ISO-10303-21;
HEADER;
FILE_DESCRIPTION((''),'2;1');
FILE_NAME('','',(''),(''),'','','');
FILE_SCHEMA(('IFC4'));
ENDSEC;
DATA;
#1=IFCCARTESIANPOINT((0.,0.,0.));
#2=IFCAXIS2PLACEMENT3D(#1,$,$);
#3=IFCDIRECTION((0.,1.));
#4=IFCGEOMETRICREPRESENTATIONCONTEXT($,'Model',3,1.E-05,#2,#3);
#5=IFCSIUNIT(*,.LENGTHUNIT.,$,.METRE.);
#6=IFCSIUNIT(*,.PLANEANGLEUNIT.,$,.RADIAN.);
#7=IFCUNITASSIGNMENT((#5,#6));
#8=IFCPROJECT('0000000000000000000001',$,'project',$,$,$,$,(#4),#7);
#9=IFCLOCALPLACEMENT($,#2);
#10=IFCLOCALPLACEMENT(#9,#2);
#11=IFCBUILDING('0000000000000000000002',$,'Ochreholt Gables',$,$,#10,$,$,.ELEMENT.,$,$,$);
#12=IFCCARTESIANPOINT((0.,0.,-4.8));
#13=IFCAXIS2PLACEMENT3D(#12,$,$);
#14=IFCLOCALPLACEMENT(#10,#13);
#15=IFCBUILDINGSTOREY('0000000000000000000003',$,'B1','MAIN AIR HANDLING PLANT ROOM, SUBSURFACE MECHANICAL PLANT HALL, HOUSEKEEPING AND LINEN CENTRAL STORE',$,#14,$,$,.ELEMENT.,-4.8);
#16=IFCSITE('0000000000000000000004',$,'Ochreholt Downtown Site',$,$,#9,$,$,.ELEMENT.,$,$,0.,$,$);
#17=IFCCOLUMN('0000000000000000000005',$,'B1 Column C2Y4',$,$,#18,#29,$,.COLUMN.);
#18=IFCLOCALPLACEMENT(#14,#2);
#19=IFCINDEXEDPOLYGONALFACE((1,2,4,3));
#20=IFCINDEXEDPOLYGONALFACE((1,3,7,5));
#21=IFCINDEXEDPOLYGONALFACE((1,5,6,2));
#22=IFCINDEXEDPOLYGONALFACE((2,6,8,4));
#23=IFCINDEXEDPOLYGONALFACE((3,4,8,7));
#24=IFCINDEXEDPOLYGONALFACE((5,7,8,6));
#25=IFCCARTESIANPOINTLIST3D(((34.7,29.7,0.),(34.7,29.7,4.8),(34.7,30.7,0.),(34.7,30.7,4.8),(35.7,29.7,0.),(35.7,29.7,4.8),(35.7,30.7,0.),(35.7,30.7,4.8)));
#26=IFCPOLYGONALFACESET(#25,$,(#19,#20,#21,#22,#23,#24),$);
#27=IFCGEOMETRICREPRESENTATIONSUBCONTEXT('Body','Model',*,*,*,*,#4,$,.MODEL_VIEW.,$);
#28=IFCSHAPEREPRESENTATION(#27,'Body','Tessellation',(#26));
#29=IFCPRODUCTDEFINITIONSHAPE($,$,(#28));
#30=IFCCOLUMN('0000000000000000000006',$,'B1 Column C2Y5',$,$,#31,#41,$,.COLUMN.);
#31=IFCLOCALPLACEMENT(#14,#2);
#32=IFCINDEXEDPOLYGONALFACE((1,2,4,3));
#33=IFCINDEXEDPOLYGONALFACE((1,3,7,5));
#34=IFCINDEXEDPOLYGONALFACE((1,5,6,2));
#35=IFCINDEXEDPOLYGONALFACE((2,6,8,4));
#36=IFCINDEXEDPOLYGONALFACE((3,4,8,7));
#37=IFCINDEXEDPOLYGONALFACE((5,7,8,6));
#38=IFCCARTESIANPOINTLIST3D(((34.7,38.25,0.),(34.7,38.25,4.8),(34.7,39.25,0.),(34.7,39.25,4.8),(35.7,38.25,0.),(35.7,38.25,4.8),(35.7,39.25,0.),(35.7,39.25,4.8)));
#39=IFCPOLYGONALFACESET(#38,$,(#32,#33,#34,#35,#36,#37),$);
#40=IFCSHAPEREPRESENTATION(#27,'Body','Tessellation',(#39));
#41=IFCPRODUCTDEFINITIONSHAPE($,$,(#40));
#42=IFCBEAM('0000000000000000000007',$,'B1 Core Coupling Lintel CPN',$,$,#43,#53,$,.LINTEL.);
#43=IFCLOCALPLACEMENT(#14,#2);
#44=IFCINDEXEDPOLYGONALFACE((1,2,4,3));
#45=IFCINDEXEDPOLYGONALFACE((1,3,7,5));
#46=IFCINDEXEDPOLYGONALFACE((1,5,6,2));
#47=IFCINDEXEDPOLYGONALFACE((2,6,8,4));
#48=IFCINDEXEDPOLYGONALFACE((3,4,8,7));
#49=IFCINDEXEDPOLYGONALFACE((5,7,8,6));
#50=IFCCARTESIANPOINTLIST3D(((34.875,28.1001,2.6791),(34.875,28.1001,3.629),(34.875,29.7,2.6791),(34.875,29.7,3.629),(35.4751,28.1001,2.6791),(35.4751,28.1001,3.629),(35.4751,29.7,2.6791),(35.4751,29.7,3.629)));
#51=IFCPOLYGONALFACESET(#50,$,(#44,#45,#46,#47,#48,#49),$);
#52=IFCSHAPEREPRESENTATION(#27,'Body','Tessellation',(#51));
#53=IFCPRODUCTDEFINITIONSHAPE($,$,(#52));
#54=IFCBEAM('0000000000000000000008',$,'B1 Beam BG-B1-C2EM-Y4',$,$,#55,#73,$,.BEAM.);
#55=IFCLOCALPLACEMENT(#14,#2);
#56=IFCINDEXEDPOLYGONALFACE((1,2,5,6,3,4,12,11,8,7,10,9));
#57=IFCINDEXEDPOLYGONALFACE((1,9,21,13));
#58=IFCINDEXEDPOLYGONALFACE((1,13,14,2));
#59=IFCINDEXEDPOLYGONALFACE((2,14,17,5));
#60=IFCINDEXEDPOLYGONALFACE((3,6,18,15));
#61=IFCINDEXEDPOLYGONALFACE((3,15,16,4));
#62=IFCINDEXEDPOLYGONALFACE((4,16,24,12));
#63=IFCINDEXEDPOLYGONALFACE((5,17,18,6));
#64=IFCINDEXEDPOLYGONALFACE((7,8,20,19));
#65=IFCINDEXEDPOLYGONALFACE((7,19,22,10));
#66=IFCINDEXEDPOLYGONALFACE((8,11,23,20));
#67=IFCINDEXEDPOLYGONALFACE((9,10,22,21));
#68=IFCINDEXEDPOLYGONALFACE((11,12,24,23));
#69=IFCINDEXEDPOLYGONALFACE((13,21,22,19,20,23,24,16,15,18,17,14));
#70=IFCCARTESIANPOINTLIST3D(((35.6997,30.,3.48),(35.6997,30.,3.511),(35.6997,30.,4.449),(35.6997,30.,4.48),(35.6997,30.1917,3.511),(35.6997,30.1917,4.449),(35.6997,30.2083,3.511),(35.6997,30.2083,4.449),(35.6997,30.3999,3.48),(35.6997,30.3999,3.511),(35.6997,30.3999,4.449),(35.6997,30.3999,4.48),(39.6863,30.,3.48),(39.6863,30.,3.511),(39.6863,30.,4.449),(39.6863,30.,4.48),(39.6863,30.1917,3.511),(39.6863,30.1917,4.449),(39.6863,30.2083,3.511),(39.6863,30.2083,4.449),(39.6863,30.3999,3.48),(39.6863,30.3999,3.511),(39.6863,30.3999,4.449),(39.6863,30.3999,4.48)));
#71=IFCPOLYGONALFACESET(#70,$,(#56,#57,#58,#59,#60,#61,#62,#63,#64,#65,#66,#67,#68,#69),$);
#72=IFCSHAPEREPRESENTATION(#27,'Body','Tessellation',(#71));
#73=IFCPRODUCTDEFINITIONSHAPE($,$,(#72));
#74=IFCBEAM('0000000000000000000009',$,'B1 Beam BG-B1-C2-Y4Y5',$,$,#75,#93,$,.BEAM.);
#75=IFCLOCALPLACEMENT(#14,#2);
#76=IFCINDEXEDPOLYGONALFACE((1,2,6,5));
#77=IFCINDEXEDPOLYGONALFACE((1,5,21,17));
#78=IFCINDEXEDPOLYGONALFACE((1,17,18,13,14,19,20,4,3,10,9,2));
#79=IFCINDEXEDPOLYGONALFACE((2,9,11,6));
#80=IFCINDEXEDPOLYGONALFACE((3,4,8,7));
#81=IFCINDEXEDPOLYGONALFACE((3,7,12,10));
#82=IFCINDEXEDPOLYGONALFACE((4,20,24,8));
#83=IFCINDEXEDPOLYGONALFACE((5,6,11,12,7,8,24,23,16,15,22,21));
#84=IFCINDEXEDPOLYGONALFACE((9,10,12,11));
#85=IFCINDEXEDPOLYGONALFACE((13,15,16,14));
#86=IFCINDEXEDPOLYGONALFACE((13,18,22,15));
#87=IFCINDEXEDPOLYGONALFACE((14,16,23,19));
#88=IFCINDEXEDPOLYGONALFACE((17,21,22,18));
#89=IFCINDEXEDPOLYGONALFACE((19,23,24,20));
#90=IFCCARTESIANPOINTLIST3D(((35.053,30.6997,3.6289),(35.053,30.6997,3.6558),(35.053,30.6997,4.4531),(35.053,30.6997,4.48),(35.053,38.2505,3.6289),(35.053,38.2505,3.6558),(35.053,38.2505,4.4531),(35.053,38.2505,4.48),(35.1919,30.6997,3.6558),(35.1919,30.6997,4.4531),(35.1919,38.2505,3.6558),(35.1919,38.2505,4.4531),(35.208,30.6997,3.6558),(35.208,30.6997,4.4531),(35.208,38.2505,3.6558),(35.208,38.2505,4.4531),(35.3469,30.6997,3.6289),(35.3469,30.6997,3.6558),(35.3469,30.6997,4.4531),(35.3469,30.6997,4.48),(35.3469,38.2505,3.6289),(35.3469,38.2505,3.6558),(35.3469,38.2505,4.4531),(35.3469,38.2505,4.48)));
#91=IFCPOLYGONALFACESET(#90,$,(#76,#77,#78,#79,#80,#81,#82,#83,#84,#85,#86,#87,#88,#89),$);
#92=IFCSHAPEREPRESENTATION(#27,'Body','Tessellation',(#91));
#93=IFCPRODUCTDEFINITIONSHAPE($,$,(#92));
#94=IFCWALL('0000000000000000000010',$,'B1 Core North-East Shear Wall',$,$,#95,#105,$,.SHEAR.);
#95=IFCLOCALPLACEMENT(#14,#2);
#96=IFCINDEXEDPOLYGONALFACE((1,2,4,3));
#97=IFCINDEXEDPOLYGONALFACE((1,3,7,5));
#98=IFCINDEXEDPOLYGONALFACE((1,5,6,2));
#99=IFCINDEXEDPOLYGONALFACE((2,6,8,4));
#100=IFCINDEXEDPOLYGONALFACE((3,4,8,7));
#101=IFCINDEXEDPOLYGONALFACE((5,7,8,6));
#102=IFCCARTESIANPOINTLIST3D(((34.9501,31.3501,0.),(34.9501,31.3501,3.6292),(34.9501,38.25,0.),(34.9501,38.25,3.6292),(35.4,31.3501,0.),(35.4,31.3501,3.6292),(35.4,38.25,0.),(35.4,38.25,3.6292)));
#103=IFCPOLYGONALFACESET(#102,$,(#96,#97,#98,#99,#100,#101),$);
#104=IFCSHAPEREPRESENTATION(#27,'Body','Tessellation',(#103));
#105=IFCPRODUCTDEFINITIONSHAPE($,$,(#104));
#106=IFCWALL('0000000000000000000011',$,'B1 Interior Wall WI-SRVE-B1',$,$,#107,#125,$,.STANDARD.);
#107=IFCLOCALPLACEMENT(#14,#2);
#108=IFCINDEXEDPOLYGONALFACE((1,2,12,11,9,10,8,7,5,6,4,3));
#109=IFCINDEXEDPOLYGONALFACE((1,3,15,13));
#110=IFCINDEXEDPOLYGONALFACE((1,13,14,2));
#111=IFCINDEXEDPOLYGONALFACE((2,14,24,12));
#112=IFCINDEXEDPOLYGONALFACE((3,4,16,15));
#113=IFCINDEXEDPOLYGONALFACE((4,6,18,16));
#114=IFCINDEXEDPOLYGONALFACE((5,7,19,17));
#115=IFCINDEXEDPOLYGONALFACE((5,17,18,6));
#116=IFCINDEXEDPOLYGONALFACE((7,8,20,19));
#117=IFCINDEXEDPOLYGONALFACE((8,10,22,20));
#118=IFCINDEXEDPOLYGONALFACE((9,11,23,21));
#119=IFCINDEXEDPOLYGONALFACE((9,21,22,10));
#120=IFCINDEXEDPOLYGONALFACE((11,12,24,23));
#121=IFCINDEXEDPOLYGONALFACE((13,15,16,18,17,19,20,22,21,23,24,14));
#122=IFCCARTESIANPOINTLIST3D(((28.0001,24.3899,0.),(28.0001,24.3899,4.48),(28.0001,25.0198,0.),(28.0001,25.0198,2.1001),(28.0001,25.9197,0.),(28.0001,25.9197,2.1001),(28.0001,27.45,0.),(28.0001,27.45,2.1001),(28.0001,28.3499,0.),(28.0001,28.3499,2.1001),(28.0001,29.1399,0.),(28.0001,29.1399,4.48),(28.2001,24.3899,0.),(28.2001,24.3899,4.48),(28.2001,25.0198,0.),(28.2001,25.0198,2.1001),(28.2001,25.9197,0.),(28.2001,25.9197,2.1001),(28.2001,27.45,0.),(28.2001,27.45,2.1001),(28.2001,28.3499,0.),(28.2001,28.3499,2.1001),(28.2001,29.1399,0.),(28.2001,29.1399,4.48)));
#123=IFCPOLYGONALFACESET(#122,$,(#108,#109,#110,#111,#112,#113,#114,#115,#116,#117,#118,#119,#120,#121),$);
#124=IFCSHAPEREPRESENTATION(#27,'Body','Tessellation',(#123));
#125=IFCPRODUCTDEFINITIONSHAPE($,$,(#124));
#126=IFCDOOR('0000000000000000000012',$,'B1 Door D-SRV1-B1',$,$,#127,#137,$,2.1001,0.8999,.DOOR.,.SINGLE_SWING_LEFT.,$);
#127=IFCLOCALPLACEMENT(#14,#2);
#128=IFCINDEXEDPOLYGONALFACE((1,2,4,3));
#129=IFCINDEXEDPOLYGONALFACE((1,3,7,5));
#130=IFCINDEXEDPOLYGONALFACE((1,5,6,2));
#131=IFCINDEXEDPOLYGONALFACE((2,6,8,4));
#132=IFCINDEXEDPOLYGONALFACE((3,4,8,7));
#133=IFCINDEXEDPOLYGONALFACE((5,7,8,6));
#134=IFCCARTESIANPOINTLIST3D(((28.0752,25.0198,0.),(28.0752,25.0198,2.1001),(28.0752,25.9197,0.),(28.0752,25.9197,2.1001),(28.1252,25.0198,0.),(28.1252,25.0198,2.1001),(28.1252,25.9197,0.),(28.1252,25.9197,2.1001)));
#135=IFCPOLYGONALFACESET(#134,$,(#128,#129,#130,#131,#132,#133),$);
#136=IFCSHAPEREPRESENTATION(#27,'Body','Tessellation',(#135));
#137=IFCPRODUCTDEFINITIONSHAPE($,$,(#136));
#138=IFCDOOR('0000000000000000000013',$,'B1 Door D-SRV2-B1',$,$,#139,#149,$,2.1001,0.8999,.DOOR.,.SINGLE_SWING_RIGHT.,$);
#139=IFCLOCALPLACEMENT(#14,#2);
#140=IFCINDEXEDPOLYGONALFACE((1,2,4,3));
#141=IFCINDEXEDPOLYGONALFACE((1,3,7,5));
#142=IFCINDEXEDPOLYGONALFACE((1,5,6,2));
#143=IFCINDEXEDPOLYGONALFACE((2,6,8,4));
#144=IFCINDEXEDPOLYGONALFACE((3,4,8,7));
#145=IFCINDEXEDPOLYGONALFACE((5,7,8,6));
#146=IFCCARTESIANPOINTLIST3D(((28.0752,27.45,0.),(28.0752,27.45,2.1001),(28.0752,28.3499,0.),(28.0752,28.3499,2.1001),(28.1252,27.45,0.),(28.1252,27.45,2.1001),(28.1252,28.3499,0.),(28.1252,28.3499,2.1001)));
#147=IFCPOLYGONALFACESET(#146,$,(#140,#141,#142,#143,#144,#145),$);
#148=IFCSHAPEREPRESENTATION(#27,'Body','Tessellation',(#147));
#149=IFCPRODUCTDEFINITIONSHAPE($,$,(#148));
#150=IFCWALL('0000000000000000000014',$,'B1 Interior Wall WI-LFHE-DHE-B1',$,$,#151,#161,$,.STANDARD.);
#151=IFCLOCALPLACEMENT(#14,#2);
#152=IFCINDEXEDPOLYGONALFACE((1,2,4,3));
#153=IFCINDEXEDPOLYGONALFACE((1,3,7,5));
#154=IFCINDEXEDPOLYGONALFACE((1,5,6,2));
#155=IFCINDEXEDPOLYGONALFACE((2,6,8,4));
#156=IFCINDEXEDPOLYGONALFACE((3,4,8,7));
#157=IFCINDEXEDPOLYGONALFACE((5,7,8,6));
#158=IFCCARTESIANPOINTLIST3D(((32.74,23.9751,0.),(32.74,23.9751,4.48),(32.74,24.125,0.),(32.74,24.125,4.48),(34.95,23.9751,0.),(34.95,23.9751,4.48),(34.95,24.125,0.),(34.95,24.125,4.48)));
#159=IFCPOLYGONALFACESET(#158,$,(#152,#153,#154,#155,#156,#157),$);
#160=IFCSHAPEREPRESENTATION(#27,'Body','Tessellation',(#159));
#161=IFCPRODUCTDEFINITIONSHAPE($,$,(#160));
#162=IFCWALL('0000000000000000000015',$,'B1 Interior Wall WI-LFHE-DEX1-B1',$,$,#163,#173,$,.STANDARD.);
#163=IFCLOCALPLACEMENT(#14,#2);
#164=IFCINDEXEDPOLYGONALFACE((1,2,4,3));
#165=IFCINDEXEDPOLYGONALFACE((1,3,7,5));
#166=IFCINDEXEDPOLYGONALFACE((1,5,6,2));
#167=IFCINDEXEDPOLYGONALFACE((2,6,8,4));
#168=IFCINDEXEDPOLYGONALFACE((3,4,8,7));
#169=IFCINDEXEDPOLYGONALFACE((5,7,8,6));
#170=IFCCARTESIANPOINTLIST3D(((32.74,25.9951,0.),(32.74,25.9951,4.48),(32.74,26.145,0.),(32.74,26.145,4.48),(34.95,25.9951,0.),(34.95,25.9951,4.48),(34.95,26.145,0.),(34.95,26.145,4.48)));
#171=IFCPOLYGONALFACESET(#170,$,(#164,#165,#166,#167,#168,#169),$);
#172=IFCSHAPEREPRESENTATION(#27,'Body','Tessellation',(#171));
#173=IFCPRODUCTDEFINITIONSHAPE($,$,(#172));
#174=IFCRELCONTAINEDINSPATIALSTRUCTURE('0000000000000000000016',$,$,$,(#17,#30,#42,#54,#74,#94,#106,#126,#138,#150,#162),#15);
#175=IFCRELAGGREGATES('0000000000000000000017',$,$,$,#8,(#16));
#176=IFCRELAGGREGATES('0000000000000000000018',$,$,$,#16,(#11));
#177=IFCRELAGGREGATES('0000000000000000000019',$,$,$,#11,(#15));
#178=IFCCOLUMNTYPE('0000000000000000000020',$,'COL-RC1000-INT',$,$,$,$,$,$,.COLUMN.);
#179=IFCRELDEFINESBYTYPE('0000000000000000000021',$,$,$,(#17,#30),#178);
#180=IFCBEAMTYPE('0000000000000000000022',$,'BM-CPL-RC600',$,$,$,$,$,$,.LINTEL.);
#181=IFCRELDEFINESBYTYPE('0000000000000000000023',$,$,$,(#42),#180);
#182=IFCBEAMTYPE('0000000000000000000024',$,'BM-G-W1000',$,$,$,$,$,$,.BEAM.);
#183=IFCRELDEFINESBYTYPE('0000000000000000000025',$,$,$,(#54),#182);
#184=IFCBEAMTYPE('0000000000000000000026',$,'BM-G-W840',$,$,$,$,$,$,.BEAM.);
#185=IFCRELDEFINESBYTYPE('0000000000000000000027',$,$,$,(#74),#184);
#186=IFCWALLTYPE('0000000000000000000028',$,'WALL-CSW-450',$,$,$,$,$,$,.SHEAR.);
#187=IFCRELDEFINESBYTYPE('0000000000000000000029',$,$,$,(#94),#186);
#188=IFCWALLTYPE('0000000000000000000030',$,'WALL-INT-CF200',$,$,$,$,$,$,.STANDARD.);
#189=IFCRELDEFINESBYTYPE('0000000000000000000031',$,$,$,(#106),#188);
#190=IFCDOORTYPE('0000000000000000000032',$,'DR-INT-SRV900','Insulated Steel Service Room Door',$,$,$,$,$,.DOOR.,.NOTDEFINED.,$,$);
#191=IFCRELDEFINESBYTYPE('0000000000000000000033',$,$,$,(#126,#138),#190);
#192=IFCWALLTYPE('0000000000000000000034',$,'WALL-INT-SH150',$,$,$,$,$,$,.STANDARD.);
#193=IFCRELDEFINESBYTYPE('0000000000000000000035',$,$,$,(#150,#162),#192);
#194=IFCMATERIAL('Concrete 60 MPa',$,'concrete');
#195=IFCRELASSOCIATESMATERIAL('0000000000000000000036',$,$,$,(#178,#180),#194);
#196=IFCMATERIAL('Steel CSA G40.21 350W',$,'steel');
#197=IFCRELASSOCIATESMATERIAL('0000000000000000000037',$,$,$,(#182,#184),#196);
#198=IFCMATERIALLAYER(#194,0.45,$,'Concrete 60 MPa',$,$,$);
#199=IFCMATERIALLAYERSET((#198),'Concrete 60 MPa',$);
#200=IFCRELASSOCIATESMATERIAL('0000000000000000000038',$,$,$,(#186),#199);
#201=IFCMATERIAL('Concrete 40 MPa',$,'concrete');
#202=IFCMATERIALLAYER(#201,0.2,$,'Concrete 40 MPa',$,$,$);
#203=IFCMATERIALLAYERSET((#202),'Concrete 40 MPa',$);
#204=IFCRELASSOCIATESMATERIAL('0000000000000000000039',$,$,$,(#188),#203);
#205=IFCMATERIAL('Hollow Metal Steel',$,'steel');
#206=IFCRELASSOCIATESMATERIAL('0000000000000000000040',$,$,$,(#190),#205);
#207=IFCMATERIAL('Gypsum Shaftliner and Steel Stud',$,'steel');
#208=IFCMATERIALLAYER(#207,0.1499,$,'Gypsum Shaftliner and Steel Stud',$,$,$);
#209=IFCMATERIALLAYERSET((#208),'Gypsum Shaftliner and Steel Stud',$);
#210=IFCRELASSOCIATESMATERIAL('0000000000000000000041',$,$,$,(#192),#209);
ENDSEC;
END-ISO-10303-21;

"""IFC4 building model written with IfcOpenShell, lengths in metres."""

from ifc_helpers import new_model, si_unit, direction, frame, frame_2d, origin, origin_2d, place, context, subcontext, project, spatial, rectangle, i_section, extrude, material, layer, layer_set, material_profile, profile_set, type_object, element, fill, save


model = new_model("IFC4")

# Units and contexts
model_context = context("Model", 3, precision=1e-05, world=origin(), true_north=direction((0.0, 1.0)))
body_context = subcontext(model_context, "Body", "Model", "MODEL_VIEW")
ifc_project = project(units=[si_unit("LENGTHUNIT", "METRE"), si_unit("PLANEANGLEUNIT", "RADIAN")], contexts=[model_context])

# Site, building, storey
site_placement = place(None, origin())
site = spatial("IfcSite", under=ifc_project, at=site_placement, Name="Ochreholt Downtown Site", CompositionType="ELEMENT", RefElevation=0.0)
building_placement = place(site_placement, origin())
building = spatial("IfcBuilding", under=site, at=building_placement, Name="Ochreholt Gables", CompositionType="ELEMENT")
storey_placement = place(building_placement, frame((0.0, 0.0, -4.8)))
storey = spatial("IfcBuildingStorey", under=building, at=storey_placement, Name="B1", Description="MAIN AIR HANDLING PLANT ROOM, SUBSURFACE MECHANICAL PLANT HALL, HOUSEKEEPING AND LINEN CENTRAL STORE", CompositionType="ELEMENT", Elevation=-4.8)

# Columns
ifc_material_1 = material(Name="Concrete 60 MPa", Category="concrete")
ifc_material_profile_1 = material_profile(ifc_material_1, rectangle(XDim=1.0, YDim=1.0, at=origin_2d()), Name="RC1000X1000")
ifc_profile_set_1 = profile_set([ifc_material_profile_1], Name="Concrete 60 MPa")
column_type = type_object("IfcColumnType", Name="COL-RC1000-INT", PredefinedType="COLUMN", material=ifc_profile_set_1)
for number, where, z_axis, x_axis, name in (
    (1, (35.2, 30.2, 0.0), (0.0, 0.0, 1.0), (1.0, 0.0, 0.0), "B1 Column C2Y4"),
    (2, (35.2, 38.75, 0.0), (0.0, 0.0, 1.0), (1.0, 0.0, 0.0), "B1 Column C2Y5"),
):
    element("IfcColumn", number, at=place(storey_placement, frame(where, z_axis=z_axis, x_axis=x_axis)), inside=storey, type_object=column_type, Name=name, PredefinedType="COLUMN", context=body_context, shape_type="SweptSolid", body=[
        extrude(rectangle(XDim=1.0, YDim=1.0, at=origin_2d()), origin(), (0.0, 0.0, 1.0), 4.8),
    ])

# Beams
ifc_material_profile_2 = material_profile(ifc_material_1, rectangle(XDim=0.6001, YDim=0.95, at=origin_2d()), Name="RCB600X950")
ifc_profile_set_2 = profile_set([ifc_material_profile_2], Name="Concrete 60 MPa")
beam_type_1 = type_object("IfcBeamType", Name="BM-CPL-RC600", PredefinedType="LINTEL", material=ifc_profile_set_2)
beam_1_placement = place(storey_placement, frame((35.175, 28.1001, 3.1541), z_axis=(0.0, 1.0, 0.0), x_axis=(-1.0, 0.0, 0.0)))
element("IfcBeam", 3, at=beam_1_placement, inside=storey, type_object=beam_type_1, Name="B1 Core Coupling Lintel CPN", PredefinedType="LINTEL", context=body_context, shape_type="SweptSolid", body=[
    extrude(rectangle(XDim=0.6001, YDim=0.95, at=origin_2d()), origin(), (0.0, 0.0, 1.0), 1.5999),
])
ifc_material_2 = material(Name="Steel CSA G40.21 350W", Category="steel")
ifc_material_profile_3 = material_profile(ifc_material_2, i_section(OverallWidth=0.3999, OverallDepth=1.0, WebThickness=0.0166, FlangeThickness=0.031, at=origin_2d()), Name="W1000X321")
ifc_profile_set_3 = profile_set([ifc_material_profile_3], Name="Steel CSA G40.21 350W")
beam_type_2 = type_object("IfcBeamType", Name="BM-G-W1000", PredefinedType="BEAM", material=ifc_profile_set_3)
beam_2_placement = place(storey_placement, frame((35.6997, 30.2, 3.98), z_axis=(1.0, 0.0, 0.0), x_axis=(0.0, 1.0, 0.0)))
element("IfcBeam", 4, at=beam_2_placement, inside=storey, type_object=beam_type_2, Name="B1 Beam BG-B1-C2EM-Y4", PredefinedType="BEAM", context=body_context, shape_type="SweptSolid", body=[
    extrude(i_section(OverallWidth=0.3999, OverallDepth=1.0, WebThickness=0.0166, FlangeThickness=0.031, at=origin_2d()), origin(), (0.0, 0.0, 1.0), 3.9866),
])
ifc_material_profile_4 = material_profile(ifc_material_2, i_section(OverallWidth=0.2939, OverallDepth=0.8511, WebThickness=0.0161, FlangeThickness=0.0269, at=origin_2d()), Name="W840X226")
ifc_profile_set_4 = profile_set([ifc_material_profile_4], Name="Steel CSA G40.21 350W")
beam_type_3 = type_object("IfcBeamType", Name="BM-G-W840", PredefinedType="BEAM", material=ifc_profile_set_4)
beam_3_placement = place(storey_placement, frame((35.2, 30.6997, 4.0544), z_axis=(0.0, 1.0, 0.0), x_axis=(-1.0, 0.0, 0.0)))
element("IfcBeam", 5, at=beam_3_placement, inside=storey, type_object=beam_type_3, Name="B1 Beam BG-B1-C2-Y4Y5", PredefinedType="BEAM", context=body_context, shape_type="SweptSolid", body=[
    extrude(i_section(OverallWidth=0.2939, OverallDepth=0.8511, WebThickness=0.0161, FlangeThickness=0.0269, at=origin_2d()), origin(), (0.0, 0.0, 1.0), 7.5508),
])

# Wall
ifc_layer_1 = layer(ifc_material_1, 0.45, Name="Concrete 60 MPa")
ifc_layer_set_1 = layer_set([ifc_layer_1], Name="Concrete 60 MPa")
wall_type_1 = type_object("IfcWallType", Name="WALL-CSW-450", PredefinedType="SHEAR", material=ifc_layer_set_1)
wall_1_placement = place(storey_placement, frame((35.175, 31.3501, 0.0), z_axis=(0.0, 0.0, 1.0), x_axis=(0.0, 1.0, 0.0)))
element("IfcWall", 6, at=wall_1_placement, inside=storey, type_object=wall_type_1, Name="B1 Core North-East Shear Wall", PredefinedType="SHEAR", context=body_context, shape_type="SweptSolid", body=[
    extrude(rectangle(XDim=6.8999, YDim=0.45, at=frame_2d((3.45, 0.0))), origin(), (0.0, 0.0, 1.0), 3.6292),
])

# Wall, openings, doors
ifc_material_3 = material(Name="Concrete 40 MPa", Category="concrete")
ifc_layer_2 = layer(ifc_material_3, 0.2, Name="Concrete 40 MPa")
ifc_layer_set_2 = layer_set([ifc_layer_2], Name="Concrete 40 MPa")
wall_type_2 = type_object("IfcWallType", Name="WALL-INT-CF200", PredefinedType="STANDARD", material=ifc_layer_set_2)
wall_2_placement = place(storey_placement, frame((28.1001, 24.3899, 0.0), z_axis=(0.0, 0.0, 1.0), x_axis=(0.0, 1.0, 0.0)))
wall_2 = element("IfcWall", 7, at=wall_2_placement, inside=storey, type_object=wall_type_2, Name="B1 Interior Wall WI-SRVE-B1", PredefinedType="STANDARD", context=body_context, shape_type="SweptSolid", body=[
    extrude(rectangle(XDim=4.75, YDim=0.2, at=frame_2d((2.375, 0.0))), origin(), (0.0, 0.0, 1.0), 4.48),
])
opening_1_placement = place(wall_2_placement, frame((0.6299, 0.0, 0.0)))
opening_1 = element("IfcOpeningElement", 8, at=opening_1_placement, cuts=wall_2, PredefinedType="OPENING", context=body_context, shape_type="SweptSolid", body=[
    extrude(rectangle(XDim=0.8999, YDim=2.1001, at=frame_2d((0.45, 1.05))), frame((0.0, 0.1099, 0.0), z_axis=(0.0, -1.0, 0.0), x_axis=(1.0, 0.0, 0.0)), (0.0, 0.0, 1.0), 0.22),
])
opening_2_placement = place(wall_2_placement, frame((3.0601, 0.0, 0.0)))
opening_2 = element("IfcOpeningElement", 9, at=opening_2_placement, cuts=wall_2, PredefinedType="OPENING", context=body_context, shape_type="SweptSolid", body=[
    extrude(rectangle(XDim=0.8999, YDim=2.1001, at=frame_2d((0.45, 1.05))), frame((0.0, 0.1099, 0.0), z_axis=(0.0, -1.0, 0.0), x_axis=(1.0, 0.0, 0.0)), (0.0, 0.0, 1.0), 0.22),
])
ifc_material_4 = material(Name="Hollow Metal Steel", Category="steel")
door_type = type_object("IfcDoorType", Name="DR-INT-SRV900", Description="Insulated Steel Service Room Door", OperationType="NOTDEFINED", PredefinedType="DOOR", material=ifc_material_4)
door_1_placement = place(opening_1_placement, origin())
door_1 = element("IfcDoor", 10, at=door_1_placement, inside=storey, type_object=door_type, Name="B1 Door D-SRV1-B1", OperationType="SINGLE_SWING_LEFT", OverallHeight=2.1001, OverallWidth=0.8999, PredefinedType="DOOR", context=body_context, shape_type="SweptSolid", body=[
    extrude(rectangle(XDim=0.8999, YDim=2.1001, at=frame_2d((0.45, 1.05))), frame((0.0, 0.0249, 0.0), z_axis=(0.0, -1.0, 0.0), x_axis=(1.0, 0.0, 0.0)), (0.0, 0.0, 1.0), 0.05),
])
fill(opening_1, door_1)
door_2_placement = place(opening_2_placement, origin())
door_2 = element("IfcDoor", 11, at=door_2_placement, inside=storey, type_object=door_type, Name="B1 Door D-SRV2-B1", OperationType="SINGLE_SWING_RIGHT", OverallHeight=2.1001, OverallWidth=0.8999, PredefinedType="DOOR", context=body_context, shape_type="SweptSolid", body=[
    extrude(rectangle(XDim=0.8999, YDim=2.1001, at=frame_2d((0.45, 1.05))), frame((0.0, 0.0249, 0.0), z_axis=(0.0, -1.0, 0.0), x_axis=(1.0, 0.0, 0.0)), (0.0, 0.0, 1.0), 0.05),
])
fill(opening_2, door_2)

# Walls
ifc_material_5 = material(Name="Gypsum Shaftliner and Steel Stud", Category="steel")
ifc_layer_3 = layer(ifc_material_5, 0.1499, Name="Gypsum Shaftliner and Steel Stud")
ifc_layer_set_3 = layer_set([ifc_layer_3], Name="Gypsum Shaftliner and Steel Stud")
wall_type_3 = type_object("IfcWallType", Name="WALL-INT-SH150", PredefinedType="STANDARD", material=ifc_layer_set_3)
for number, where, z_axis, x_axis, name in (
    (12, (32.74, 24.05, 0.0), (0.0, 0.0, 1.0), (1.0, 0.0, 0.0), "B1 Interior Wall WI-LFHE-DHE-B1"),
    (13, (32.74, 26.0701, 0.0), (0.0, 0.0, 1.0), (1.0, 0.0, 0.0), "B1 Interior Wall WI-LFHE-DEX1-B1"),
):
    element("IfcWall", number, at=place(storey_placement, frame(where, z_axis=z_axis, x_axis=x_axis)), inside=storey, type_object=wall_type_3, Name=name, PredefinedType="STANDARD", context=body_context, shape_type="SweptSolid", body=[
        extrude(rectangle(XDim=2.21, YDim=0.1499, at=frame_2d((1.105, 0.0))), origin(), (0.0, 0.0, 1.0), 4.48),
    ])

save(model, "model.ifc")
